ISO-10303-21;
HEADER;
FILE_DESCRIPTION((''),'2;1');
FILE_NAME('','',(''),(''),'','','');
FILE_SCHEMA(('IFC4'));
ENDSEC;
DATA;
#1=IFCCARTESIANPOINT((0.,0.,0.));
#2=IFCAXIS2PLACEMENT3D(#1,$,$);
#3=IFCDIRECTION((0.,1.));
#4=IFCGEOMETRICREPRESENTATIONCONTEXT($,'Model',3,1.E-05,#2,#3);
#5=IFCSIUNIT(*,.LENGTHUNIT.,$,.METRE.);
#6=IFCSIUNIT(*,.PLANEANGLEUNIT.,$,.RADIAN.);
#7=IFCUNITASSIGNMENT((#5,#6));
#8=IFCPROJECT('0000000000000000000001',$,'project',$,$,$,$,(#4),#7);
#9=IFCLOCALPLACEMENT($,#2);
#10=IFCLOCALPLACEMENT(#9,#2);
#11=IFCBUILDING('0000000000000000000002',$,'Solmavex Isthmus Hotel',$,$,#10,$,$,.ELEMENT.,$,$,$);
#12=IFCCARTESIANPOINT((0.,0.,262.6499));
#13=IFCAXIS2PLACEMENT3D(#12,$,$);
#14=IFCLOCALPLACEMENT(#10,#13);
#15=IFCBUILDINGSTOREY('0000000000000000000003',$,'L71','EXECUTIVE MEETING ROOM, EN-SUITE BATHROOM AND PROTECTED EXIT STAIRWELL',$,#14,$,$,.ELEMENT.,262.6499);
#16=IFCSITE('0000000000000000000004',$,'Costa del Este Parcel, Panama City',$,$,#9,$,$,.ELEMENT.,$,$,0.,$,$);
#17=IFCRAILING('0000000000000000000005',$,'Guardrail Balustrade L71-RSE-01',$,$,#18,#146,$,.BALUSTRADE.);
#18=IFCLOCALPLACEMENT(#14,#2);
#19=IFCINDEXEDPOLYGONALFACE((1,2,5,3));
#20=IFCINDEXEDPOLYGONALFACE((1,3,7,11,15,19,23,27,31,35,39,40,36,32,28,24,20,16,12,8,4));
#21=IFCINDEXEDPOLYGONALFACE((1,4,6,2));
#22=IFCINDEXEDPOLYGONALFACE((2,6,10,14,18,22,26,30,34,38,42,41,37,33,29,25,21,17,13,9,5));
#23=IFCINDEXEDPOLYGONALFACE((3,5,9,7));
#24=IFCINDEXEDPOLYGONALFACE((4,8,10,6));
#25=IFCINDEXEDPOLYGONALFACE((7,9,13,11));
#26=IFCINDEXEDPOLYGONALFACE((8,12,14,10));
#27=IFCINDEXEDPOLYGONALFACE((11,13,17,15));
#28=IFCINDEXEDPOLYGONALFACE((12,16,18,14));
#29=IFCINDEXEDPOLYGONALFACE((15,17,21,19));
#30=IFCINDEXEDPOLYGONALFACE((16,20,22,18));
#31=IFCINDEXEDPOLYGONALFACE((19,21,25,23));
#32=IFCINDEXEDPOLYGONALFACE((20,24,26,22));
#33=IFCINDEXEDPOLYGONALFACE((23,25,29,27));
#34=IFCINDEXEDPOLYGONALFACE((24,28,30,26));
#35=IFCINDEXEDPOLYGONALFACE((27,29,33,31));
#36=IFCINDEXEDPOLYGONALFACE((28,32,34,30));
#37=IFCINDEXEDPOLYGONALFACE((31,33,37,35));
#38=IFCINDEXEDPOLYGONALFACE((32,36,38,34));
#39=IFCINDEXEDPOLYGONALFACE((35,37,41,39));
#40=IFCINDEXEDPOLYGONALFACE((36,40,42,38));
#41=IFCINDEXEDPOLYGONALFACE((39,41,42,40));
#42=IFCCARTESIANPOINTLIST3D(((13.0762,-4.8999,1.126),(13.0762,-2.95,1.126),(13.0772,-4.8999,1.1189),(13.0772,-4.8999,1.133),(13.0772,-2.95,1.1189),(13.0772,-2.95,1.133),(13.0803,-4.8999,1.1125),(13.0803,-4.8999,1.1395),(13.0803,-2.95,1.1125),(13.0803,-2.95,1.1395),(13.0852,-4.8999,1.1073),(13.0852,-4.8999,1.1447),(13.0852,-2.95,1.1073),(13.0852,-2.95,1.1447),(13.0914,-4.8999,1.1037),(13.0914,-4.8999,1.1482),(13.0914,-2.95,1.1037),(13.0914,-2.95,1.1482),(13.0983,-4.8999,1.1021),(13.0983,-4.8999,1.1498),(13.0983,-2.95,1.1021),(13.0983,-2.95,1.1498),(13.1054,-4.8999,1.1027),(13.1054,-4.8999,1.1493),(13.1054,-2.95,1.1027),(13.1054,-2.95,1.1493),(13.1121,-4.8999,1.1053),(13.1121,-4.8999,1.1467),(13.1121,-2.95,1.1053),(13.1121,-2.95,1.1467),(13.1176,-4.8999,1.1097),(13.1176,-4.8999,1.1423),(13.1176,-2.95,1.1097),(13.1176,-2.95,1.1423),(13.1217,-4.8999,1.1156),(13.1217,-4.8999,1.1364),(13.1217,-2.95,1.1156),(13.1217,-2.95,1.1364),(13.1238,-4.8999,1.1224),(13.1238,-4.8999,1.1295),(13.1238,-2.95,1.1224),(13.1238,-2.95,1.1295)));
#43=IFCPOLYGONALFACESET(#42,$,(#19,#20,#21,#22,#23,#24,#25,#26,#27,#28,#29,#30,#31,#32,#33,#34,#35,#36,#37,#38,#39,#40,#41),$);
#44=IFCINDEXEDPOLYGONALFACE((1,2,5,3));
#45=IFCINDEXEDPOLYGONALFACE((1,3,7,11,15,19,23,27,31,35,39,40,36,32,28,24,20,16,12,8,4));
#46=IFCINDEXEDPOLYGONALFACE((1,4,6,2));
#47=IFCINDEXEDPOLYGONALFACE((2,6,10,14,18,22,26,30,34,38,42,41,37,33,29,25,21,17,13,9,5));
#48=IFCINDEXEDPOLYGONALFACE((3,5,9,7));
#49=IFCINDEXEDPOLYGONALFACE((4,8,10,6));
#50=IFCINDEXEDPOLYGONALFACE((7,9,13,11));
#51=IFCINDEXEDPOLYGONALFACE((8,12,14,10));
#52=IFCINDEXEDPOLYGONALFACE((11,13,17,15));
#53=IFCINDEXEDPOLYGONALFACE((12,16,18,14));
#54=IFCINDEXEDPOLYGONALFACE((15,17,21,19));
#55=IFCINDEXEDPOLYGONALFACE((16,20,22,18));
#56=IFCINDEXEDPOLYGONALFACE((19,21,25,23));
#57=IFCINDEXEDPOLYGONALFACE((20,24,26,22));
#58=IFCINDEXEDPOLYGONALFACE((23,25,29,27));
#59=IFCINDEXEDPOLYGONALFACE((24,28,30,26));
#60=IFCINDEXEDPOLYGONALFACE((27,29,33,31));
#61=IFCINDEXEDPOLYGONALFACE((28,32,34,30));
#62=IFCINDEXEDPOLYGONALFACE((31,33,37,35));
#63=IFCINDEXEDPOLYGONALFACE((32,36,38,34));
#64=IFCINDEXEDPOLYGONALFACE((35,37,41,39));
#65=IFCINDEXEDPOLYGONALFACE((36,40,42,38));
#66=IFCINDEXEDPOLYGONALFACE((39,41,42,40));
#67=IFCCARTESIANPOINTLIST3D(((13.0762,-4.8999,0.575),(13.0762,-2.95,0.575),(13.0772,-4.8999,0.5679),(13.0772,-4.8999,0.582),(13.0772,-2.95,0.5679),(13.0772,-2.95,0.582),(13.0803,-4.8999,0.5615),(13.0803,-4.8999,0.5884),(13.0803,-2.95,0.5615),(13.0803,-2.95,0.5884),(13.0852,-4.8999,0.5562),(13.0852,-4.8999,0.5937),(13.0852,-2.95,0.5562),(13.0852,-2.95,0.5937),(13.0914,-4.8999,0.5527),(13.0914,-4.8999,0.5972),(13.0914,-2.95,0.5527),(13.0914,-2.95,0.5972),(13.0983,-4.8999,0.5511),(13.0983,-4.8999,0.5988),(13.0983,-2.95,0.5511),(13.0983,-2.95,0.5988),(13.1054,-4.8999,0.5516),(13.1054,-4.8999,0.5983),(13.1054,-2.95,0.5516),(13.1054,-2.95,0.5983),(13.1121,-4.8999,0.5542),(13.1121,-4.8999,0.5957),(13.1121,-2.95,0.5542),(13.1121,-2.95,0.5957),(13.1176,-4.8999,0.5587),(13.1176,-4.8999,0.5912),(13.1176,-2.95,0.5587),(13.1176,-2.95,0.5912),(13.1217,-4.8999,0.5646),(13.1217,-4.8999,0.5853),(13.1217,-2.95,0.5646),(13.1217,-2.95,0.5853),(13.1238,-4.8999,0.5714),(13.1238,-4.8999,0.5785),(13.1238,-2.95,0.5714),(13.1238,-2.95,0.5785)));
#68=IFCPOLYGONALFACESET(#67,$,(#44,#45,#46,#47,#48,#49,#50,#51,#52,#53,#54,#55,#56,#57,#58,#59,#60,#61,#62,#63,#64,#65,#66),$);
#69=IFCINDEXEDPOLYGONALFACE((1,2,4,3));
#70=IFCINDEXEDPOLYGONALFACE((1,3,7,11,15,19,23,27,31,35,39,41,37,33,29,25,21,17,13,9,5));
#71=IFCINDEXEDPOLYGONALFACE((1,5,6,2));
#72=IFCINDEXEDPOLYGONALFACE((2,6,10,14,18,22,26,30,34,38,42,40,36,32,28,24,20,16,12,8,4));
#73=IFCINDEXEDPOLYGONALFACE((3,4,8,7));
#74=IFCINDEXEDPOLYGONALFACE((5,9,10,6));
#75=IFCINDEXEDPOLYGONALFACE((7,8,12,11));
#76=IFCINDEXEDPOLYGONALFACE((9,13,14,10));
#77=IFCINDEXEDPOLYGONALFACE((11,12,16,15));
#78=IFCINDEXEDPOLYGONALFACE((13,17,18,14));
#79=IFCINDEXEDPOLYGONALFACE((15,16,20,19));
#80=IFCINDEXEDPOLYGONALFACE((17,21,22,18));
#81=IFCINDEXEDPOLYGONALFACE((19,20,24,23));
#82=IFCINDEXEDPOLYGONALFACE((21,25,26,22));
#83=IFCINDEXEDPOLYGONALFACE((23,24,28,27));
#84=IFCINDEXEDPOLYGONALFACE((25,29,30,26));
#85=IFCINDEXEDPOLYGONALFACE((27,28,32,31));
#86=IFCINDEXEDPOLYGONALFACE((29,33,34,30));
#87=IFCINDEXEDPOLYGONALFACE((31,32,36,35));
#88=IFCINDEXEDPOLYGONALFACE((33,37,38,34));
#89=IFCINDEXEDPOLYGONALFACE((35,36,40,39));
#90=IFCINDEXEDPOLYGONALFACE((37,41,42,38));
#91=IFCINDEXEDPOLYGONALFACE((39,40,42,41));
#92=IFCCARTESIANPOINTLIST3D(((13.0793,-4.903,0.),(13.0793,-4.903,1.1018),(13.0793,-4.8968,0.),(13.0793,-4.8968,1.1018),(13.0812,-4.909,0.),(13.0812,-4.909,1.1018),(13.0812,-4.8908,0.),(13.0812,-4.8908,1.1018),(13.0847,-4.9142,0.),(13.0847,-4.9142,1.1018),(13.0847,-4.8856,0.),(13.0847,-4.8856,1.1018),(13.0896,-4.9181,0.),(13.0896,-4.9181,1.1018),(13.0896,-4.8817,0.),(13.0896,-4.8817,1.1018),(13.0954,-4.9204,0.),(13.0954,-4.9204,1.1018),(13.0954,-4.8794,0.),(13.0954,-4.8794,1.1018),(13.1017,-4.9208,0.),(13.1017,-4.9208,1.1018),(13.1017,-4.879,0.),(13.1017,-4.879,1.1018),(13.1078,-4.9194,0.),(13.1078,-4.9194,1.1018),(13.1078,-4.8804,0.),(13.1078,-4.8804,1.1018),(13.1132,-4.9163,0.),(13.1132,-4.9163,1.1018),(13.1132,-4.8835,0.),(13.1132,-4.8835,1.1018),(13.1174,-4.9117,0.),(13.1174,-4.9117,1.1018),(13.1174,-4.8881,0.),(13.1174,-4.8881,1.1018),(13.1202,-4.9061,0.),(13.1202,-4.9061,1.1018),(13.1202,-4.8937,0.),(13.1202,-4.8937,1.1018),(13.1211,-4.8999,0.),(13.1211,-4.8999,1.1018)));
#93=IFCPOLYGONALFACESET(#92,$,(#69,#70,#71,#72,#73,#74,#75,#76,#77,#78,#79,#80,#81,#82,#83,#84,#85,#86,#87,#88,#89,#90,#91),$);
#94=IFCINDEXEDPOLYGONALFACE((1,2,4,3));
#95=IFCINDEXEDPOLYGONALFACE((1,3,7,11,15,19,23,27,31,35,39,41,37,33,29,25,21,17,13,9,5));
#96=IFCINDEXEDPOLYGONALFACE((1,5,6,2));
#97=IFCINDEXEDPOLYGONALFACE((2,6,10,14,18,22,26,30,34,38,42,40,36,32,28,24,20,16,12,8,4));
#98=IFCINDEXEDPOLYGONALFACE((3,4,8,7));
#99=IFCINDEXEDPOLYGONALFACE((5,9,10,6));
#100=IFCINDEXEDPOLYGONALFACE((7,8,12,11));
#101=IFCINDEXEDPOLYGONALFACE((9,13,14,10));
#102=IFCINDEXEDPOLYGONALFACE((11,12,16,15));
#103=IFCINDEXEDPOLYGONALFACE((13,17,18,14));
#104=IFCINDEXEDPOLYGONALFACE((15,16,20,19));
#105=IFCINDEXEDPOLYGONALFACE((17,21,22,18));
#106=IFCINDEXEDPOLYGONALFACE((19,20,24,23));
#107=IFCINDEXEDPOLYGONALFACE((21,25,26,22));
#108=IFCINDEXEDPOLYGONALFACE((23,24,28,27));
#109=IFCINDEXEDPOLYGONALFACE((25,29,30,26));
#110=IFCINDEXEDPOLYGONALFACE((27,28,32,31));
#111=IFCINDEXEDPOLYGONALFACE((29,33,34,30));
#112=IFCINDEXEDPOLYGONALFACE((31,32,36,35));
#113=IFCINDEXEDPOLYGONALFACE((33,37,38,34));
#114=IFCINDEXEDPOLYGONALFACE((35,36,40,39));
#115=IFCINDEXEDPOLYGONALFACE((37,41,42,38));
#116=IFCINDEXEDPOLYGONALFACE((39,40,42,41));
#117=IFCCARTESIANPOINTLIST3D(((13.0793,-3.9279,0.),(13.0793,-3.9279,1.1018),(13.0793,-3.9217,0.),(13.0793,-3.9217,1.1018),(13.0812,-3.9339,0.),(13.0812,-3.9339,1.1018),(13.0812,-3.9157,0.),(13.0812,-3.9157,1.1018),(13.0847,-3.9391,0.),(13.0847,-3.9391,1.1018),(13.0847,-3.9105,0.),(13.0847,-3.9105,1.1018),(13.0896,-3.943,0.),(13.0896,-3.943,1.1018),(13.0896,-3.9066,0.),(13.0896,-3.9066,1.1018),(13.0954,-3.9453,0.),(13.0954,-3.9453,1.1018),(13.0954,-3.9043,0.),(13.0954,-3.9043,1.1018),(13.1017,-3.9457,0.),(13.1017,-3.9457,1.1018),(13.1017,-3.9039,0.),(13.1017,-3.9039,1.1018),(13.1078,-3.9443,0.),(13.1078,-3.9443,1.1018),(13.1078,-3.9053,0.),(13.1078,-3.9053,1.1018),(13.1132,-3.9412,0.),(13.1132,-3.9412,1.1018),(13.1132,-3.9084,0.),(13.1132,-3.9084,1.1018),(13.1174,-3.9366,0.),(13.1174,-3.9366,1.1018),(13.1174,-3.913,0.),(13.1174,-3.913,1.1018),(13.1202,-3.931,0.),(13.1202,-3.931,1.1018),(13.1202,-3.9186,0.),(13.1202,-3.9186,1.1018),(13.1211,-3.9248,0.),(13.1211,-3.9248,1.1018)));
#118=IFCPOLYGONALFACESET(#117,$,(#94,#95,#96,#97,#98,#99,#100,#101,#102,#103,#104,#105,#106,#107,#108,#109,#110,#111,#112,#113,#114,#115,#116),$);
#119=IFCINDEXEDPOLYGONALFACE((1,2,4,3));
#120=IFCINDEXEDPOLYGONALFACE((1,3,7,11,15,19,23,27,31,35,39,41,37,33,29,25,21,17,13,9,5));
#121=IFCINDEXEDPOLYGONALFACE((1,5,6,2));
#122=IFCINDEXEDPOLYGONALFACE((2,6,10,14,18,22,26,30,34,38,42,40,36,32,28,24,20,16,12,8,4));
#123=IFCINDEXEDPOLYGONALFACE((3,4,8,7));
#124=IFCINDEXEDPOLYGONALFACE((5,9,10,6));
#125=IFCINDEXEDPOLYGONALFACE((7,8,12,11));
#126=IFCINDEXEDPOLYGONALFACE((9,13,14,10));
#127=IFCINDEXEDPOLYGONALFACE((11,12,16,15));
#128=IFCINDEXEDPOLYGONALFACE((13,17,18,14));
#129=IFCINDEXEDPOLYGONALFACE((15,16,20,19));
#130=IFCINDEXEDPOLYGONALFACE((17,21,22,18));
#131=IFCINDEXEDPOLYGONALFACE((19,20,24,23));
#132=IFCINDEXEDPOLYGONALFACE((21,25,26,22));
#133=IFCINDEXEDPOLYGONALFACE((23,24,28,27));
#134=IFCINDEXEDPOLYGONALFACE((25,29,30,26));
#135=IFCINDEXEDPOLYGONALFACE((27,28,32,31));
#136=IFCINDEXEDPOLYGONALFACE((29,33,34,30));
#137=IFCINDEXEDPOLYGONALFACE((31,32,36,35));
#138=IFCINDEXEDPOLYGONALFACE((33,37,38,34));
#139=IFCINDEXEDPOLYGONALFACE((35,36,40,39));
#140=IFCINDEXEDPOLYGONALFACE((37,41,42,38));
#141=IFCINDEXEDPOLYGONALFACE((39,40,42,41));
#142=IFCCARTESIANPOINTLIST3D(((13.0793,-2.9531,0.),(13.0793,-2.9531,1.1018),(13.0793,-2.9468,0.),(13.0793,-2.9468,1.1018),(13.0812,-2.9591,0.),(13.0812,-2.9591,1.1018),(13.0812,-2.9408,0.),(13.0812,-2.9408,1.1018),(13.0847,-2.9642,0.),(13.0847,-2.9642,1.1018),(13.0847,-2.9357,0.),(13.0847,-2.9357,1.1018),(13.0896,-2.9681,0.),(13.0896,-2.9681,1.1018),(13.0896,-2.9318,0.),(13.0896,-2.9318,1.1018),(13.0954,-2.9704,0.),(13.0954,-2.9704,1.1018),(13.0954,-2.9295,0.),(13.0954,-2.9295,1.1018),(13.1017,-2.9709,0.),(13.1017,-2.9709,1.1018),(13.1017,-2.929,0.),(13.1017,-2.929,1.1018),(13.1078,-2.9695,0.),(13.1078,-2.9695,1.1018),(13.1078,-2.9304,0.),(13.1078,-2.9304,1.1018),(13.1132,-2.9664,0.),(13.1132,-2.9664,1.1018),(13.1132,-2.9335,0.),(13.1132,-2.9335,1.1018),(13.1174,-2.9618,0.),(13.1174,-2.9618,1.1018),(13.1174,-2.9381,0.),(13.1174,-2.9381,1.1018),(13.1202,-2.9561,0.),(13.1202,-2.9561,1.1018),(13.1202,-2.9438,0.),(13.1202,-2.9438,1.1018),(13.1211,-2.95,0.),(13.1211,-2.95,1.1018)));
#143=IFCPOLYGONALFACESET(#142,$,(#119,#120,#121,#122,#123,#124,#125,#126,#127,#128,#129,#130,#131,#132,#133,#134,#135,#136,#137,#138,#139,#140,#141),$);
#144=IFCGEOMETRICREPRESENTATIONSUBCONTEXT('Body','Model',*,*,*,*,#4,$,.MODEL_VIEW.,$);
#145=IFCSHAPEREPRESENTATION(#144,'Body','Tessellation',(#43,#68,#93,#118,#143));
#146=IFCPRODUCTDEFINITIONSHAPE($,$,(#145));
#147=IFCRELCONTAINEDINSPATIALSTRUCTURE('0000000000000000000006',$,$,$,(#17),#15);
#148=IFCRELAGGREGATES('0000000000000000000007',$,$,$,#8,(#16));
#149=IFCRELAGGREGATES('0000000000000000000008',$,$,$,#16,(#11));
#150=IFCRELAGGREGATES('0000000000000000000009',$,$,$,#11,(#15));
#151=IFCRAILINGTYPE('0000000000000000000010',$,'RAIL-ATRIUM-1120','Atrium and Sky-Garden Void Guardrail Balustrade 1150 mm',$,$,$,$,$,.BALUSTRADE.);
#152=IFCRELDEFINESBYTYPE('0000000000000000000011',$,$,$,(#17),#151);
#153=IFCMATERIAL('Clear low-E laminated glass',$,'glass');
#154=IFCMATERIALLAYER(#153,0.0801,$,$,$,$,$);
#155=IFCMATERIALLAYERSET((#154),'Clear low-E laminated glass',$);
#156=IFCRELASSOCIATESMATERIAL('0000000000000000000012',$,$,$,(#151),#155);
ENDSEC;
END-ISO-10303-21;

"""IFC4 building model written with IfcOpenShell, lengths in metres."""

from ifc_helpers import new_model, si_unit, direction, frame, origin, origin_2d, place, context, subcontext, project, spatial, circle, extrude, material, layer, layer_set, type_object, element, save


model = new_model("IFC4")

# Units and contexts
model_context = context("Model", 3, precision=1e-05, world=origin(), true_north=direction((0.0, 1.0)))
body_context = subcontext(model_context, "Body", "Model", "MODEL_VIEW")
ifc_project = project(units=[si_unit("LENGTHUNIT", "METRE"), si_unit("PLANEANGLEUNIT", "RADIAN")], contexts=[model_context])

# Site, building, storey
site_placement = place(None, origin())
site = spatial("IfcSite", under=ifc_project, at=site_placement, Name="Costa del Este Parcel, Panama City", CompositionType="ELEMENT", RefElevation=0.0)
building_placement = place(site_placement, origin())
building = spatial("IfcBuilding", under=site, at=building_placement, Name="Solmavex Isthmus Hotel", CompositionType="ELEMENT")
storey_placement = place(building_placement, frame((0.0, 0.0, 262.6499)))
storey = spatial("IfcBuildingStorey", under=building, at=storey_placement, Name="L71", Description="EXECUTIVE MEETING ROOM, EN-SUITE BATHROOM AND PROTECTED EXIT STAIRWELL", CompositionType="ELEMENT", Elevation=262.6499)

# Shared definitions
ifc_material_1 = material(Name="Clear low-E laminated glass", Category="glass")

# Railing
ifc_layer_1 = layer(ifc_material_1, 0.0801)
ifc_layer_set_1 = layer_set([ifc_layer_1], Name="Clear low-E laminated glass")
railing_type_1 = type_object("IfcRailingType", Name="RAIL-ATRIUM-1120", Description="Atrium and Sky-Garden Void Guardrail Balustrade 1150 mm", PredefinedType="BALUSTRADE", material=ifc_layer_set_1)
railing_1_placement = place(storey_placement, frame((13.1001, -4.8999, 0.0)))
element("IfcRailing", 1, at=railing_1_placement, inside=storey, type_object=railing_type_1, Name="Guardrail Balustrade L71-RSE-01", PredefinedType="BALUSTRADE", context=body_context, shape_type="SweptSolid", body=[
    extrude(circle(Radius=0.0239, at=origin_2d()), frame((0.0, 0.0, 1.126), z_axis=(0.0, 1.0, 0.0), x_axis=(-1.0, 0.0, 0.0)), (0.0, 0.0, 1.0), 1.95),
    extrude(circle(Radius=0.0239, at=origin_2d()), frame((0.0, 0.0, 0.575), z_axis=(0.0, 1.0, 0.0), x_axis=(-1.0, 0.0, 0.0)), (0.0, 0.0, 1.0), 1.95),
    extrude(circle(Radius=0.021, at=origin_2d()), origin(), (0.0, 0.0, 1.0), 1.1018),
    extrude(circle(Radius=0.021, at=origin_2d()), frame((0.0, 0.9751, 0.0)), (0.0, 0.0, 1.0), 1.1018),
    extrude(circle(Radius=0.021, at=origin_2d()), frame((0.0, 1.95, 0.0)), (0.0, 0.0, 1.0), 1.1018),
])

save(model, "model.ifc")
